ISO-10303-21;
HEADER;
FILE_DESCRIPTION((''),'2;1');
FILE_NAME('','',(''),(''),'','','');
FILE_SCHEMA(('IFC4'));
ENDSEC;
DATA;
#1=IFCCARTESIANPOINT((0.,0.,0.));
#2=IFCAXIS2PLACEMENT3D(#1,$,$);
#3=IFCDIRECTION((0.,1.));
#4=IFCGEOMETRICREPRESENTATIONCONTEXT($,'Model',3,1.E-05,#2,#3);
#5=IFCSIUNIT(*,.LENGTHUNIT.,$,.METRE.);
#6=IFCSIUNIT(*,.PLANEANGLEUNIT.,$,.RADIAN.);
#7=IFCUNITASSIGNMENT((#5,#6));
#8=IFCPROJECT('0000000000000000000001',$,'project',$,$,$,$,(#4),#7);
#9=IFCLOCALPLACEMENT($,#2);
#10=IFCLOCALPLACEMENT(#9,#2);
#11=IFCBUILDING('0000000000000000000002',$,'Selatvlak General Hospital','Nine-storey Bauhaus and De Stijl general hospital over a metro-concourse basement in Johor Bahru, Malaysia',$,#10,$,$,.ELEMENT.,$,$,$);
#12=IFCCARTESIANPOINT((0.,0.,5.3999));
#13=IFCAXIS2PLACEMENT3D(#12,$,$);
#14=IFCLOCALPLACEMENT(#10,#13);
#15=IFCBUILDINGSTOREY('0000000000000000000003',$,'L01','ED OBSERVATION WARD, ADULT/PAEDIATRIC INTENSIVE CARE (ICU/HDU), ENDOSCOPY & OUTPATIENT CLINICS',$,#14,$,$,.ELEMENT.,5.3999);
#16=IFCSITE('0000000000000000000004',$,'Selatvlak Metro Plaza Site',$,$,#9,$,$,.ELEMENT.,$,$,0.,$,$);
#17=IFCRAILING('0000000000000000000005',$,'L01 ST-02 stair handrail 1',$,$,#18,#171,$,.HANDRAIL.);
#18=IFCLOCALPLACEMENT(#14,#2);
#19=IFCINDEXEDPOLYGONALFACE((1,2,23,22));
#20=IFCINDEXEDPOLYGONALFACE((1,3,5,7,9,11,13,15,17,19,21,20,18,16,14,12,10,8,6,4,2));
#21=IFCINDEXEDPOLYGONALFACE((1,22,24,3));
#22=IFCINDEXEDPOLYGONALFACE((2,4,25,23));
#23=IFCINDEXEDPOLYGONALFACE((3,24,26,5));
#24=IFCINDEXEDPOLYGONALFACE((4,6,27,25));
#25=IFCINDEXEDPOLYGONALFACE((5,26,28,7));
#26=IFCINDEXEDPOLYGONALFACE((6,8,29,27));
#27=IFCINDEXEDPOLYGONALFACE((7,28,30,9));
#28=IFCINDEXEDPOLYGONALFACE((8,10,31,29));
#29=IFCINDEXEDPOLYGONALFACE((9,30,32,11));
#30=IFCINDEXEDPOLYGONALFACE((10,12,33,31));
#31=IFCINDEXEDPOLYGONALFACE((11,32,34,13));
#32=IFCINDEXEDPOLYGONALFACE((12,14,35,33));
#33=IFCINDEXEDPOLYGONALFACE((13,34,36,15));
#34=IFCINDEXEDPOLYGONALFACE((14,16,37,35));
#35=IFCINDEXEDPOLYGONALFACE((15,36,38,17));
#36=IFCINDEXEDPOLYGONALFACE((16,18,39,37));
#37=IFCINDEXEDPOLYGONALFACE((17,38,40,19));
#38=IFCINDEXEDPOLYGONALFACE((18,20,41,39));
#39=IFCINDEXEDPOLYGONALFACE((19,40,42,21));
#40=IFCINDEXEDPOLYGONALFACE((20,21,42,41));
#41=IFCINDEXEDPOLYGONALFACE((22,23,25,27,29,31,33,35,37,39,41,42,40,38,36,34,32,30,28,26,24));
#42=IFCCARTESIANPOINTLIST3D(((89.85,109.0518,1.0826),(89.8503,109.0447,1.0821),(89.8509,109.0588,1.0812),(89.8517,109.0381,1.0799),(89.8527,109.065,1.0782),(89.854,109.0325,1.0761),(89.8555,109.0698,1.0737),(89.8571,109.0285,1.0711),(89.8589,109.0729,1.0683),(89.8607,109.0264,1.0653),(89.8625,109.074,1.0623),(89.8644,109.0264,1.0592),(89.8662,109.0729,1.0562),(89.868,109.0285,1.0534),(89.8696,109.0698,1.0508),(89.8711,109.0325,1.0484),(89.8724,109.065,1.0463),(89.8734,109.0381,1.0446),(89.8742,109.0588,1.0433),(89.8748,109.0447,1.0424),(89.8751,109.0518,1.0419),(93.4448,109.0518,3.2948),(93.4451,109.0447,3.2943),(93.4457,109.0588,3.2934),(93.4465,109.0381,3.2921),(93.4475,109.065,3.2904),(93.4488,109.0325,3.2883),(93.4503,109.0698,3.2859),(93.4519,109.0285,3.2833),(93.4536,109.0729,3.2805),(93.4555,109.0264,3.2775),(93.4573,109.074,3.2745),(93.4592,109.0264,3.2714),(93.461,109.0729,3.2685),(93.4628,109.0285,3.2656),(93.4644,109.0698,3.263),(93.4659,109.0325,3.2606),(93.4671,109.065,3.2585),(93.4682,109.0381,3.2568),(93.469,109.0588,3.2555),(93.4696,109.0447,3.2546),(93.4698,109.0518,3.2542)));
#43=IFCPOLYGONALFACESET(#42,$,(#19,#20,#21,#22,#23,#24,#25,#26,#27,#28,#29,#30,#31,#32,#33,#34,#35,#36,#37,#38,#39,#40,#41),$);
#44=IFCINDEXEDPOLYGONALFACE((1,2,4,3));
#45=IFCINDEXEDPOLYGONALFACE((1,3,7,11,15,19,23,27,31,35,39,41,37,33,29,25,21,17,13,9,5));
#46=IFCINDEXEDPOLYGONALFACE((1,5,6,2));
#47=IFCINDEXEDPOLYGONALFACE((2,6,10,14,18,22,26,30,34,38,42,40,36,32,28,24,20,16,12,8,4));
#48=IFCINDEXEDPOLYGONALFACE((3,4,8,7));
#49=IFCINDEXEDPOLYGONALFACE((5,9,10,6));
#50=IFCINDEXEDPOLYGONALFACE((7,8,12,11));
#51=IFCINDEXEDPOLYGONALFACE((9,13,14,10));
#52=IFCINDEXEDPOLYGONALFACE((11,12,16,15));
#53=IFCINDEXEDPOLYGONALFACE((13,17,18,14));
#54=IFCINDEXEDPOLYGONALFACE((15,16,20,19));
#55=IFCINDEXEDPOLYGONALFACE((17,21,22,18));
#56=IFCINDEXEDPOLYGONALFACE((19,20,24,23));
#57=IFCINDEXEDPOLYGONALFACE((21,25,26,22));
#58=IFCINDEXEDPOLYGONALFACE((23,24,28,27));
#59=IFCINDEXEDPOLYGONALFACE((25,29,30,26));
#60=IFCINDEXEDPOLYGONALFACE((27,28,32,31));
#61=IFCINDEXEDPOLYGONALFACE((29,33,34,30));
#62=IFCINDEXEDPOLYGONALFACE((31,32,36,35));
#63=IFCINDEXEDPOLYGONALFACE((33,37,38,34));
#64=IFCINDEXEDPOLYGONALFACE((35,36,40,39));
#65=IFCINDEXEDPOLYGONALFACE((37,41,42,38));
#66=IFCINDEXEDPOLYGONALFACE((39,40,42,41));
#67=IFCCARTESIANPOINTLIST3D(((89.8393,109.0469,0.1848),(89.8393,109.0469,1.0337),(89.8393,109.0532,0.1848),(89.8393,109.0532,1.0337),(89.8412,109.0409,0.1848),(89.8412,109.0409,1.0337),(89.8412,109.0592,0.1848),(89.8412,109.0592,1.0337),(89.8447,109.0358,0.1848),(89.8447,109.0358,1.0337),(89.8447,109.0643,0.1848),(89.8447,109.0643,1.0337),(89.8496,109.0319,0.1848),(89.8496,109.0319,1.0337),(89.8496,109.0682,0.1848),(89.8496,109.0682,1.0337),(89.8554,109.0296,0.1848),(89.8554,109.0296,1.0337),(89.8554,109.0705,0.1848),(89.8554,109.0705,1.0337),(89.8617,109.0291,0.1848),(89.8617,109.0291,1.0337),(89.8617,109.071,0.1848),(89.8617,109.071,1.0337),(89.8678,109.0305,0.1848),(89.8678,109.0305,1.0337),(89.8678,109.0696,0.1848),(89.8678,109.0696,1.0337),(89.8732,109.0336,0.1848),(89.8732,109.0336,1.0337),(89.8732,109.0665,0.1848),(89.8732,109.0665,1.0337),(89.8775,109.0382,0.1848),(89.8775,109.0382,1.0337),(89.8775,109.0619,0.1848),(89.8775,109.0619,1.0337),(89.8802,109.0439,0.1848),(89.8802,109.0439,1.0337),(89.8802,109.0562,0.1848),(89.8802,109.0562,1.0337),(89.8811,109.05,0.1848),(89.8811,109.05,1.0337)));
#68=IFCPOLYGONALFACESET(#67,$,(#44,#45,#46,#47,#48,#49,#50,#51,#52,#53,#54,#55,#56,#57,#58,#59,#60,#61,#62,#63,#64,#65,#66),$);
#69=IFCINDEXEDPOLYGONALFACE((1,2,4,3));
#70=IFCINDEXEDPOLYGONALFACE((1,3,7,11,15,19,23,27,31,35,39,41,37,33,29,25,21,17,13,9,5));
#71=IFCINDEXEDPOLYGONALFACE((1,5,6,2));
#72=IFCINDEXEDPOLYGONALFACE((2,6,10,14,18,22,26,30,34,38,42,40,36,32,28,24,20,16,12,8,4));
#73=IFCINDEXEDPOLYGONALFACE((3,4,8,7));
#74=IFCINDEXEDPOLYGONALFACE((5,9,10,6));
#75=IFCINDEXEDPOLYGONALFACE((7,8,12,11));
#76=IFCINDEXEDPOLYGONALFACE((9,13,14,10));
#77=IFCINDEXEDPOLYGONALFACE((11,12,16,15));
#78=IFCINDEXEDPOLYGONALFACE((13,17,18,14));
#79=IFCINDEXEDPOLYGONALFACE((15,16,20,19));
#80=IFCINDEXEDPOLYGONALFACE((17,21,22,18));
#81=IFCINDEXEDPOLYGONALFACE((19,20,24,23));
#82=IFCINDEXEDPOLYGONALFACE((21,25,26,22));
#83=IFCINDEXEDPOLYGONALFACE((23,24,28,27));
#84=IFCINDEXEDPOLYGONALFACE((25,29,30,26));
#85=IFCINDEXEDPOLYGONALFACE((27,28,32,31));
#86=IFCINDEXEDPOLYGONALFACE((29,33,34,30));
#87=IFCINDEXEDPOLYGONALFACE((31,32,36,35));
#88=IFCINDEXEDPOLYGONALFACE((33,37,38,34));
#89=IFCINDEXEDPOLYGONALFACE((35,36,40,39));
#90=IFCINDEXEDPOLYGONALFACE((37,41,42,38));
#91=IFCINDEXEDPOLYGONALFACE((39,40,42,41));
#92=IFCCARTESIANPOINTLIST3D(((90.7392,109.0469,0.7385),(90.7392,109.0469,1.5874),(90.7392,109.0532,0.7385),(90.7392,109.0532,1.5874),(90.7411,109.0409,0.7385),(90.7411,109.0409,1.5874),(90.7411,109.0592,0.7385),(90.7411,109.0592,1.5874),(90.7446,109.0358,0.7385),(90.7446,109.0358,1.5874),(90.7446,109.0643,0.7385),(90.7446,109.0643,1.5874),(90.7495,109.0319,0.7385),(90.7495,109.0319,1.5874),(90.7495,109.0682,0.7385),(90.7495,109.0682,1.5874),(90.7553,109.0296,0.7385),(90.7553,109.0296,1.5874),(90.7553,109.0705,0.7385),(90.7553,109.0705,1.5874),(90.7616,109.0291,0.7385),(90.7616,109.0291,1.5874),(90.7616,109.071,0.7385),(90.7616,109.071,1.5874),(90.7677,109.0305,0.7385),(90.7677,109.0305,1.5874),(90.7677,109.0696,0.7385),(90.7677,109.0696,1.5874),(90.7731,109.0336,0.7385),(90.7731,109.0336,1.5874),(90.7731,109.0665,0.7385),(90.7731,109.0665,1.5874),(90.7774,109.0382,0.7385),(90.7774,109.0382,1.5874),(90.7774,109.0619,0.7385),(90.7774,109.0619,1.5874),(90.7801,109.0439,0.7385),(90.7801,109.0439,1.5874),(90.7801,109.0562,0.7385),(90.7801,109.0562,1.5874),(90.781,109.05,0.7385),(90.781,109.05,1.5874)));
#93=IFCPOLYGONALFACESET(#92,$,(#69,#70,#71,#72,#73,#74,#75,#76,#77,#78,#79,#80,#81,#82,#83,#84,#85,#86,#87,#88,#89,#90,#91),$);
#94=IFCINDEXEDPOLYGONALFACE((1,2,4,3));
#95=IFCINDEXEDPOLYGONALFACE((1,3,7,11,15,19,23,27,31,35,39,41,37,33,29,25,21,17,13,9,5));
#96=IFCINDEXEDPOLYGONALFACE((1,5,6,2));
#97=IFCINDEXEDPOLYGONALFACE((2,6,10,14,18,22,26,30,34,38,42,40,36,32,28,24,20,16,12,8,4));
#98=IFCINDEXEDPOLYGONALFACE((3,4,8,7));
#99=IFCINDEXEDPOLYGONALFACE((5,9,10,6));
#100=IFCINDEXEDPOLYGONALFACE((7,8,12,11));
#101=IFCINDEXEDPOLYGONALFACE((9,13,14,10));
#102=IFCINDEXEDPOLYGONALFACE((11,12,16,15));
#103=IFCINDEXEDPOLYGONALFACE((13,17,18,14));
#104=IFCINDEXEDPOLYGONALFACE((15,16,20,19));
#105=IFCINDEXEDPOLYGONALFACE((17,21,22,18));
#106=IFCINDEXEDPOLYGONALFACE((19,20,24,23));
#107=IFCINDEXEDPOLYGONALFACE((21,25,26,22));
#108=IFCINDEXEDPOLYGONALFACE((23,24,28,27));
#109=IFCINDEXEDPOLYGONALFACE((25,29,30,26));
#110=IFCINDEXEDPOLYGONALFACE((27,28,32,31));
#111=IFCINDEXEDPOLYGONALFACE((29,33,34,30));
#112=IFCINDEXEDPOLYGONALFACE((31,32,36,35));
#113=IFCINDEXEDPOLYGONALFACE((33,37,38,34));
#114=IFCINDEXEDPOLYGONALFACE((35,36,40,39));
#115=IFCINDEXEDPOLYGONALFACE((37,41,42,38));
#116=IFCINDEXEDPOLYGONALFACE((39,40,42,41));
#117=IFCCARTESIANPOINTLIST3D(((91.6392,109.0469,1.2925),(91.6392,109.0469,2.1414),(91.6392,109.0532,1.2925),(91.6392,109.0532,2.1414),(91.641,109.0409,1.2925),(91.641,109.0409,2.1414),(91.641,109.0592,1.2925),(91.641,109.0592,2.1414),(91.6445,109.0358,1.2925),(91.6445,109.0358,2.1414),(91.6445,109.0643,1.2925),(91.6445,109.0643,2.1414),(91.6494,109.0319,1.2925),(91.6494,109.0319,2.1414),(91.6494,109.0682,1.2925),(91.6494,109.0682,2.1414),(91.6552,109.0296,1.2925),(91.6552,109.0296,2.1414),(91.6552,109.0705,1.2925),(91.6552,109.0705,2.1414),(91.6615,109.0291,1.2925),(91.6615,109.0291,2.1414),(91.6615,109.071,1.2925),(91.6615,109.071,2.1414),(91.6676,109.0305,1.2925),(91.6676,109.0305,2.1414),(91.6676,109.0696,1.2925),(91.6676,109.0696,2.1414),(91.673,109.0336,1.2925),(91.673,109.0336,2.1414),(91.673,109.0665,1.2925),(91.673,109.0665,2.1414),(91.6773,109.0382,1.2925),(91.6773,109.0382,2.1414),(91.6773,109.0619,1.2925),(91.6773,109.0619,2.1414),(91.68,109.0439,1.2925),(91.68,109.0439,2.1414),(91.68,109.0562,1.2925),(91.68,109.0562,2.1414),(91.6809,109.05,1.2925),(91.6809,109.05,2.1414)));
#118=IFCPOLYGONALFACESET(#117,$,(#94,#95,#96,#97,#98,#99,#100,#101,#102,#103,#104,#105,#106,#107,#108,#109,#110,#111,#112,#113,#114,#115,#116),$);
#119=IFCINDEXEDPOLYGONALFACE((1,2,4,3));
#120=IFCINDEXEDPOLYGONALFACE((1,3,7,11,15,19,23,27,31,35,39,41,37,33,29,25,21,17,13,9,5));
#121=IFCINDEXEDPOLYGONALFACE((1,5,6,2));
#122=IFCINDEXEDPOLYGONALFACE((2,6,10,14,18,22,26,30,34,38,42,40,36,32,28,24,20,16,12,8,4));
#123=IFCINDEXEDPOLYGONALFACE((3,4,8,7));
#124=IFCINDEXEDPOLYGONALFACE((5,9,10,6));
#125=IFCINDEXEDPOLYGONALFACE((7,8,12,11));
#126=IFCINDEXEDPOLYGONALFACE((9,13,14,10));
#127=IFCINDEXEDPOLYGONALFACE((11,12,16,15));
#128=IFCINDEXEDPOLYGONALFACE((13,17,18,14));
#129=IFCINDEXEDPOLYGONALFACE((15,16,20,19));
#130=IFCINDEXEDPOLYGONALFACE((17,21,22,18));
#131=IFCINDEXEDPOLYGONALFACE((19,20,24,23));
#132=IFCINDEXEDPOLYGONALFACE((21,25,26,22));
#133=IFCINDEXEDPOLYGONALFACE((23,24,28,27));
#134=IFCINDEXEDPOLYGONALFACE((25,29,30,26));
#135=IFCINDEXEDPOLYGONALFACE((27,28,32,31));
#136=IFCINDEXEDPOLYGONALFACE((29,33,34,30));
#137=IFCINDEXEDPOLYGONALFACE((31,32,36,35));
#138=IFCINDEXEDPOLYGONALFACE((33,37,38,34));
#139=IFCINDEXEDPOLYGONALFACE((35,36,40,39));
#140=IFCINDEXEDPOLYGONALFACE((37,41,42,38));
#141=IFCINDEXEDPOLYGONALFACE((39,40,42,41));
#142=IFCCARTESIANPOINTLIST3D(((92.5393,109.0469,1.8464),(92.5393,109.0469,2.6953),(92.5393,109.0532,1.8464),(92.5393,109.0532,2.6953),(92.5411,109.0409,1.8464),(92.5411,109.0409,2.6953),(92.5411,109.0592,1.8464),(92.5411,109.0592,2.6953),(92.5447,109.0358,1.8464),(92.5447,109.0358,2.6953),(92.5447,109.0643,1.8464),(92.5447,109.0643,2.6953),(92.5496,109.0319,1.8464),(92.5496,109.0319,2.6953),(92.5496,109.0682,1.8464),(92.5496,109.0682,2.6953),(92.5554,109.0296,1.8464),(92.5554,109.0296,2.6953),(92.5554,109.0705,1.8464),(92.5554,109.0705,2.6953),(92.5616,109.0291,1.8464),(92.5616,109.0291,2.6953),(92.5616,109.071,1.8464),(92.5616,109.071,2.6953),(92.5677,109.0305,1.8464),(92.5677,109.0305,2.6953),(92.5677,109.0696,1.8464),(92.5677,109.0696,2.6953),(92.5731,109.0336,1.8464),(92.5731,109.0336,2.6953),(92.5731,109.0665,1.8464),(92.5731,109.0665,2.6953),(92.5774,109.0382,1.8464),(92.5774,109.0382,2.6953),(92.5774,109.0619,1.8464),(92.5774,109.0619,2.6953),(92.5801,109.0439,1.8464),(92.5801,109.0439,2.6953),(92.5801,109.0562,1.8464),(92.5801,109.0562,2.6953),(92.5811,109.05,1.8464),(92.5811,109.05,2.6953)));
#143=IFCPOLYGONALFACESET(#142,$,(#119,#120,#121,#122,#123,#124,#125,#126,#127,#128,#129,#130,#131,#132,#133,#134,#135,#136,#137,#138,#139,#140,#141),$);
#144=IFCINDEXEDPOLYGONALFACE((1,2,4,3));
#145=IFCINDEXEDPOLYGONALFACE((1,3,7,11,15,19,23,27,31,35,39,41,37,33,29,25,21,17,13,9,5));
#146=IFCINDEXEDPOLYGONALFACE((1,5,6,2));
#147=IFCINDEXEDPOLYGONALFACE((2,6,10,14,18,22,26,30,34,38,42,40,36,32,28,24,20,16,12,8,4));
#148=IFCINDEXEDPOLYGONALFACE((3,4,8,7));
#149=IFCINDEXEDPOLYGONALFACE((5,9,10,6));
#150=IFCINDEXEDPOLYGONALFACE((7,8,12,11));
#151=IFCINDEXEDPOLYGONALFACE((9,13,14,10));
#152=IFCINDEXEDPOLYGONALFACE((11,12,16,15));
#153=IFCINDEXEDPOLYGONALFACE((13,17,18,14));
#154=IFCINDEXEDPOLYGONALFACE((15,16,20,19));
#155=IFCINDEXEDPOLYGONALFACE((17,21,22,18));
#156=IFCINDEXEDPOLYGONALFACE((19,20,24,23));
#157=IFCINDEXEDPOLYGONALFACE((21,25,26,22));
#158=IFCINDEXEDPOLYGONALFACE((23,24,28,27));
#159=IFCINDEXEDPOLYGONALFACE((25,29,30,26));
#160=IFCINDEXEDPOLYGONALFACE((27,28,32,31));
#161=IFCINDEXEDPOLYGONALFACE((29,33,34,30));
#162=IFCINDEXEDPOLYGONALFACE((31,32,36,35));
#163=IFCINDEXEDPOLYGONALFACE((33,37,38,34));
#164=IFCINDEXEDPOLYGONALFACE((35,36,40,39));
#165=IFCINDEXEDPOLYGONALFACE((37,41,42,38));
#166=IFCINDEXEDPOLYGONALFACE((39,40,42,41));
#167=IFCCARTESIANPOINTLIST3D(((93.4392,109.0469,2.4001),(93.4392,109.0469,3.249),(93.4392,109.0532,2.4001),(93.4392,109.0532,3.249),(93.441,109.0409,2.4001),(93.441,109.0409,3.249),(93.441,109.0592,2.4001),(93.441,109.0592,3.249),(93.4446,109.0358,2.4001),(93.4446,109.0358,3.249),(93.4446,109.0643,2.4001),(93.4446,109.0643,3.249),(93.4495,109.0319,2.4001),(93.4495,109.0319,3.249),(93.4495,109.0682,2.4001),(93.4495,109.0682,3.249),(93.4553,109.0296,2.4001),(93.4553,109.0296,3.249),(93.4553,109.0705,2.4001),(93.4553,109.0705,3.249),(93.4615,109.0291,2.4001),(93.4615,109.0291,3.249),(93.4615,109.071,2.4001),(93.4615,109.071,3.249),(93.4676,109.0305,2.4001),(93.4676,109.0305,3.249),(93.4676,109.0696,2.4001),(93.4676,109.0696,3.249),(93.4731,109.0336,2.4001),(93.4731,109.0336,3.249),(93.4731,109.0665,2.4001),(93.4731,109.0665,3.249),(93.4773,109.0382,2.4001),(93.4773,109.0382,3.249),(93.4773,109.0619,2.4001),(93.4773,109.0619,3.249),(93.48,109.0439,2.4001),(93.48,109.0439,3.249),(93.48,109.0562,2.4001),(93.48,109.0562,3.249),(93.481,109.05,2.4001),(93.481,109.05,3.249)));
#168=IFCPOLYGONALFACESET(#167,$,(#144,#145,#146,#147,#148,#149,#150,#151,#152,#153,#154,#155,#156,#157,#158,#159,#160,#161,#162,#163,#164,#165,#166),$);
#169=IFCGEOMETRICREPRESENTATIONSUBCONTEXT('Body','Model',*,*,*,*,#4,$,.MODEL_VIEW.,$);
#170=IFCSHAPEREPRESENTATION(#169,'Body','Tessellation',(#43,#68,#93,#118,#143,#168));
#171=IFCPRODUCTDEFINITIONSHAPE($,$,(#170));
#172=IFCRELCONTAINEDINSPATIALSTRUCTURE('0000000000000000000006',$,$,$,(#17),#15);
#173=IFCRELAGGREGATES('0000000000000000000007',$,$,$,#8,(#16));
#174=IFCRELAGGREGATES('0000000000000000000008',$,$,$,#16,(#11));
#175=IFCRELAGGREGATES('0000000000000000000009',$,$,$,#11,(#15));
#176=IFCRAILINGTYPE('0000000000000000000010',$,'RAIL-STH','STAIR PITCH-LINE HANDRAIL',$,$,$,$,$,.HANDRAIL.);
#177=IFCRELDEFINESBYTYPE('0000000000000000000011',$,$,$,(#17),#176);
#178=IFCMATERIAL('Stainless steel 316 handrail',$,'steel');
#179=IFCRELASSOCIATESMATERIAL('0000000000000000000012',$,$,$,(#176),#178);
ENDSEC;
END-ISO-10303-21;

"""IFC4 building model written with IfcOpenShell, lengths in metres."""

from ifc_helpers import new_model, si_unit, direction, frame, origin, origin_2d, place, context, subcontext, project, spatial, circle, extrude, material, type_object, element, save


model = new_model("IFC4")

# Units and contexts
model_context = context("Model", 3, precision=1e-05, world=origin(), true_north=direction((0.0, 1.0)))
body_context = subcontext(model_context, "Body", "Model", "MODEL_VIEW")
ifc_project = project(units=[si_unit("LENGTHUNIT", "METRE"), si_unit("PLANEANGLEUNIT", "RADIAN")], contexts=[model_context])

# Site, building, storey
site_placement = place(None, origin())
site = spatial("IfcSite", under=ifc_project, at=site_placement, Name="Selatvlak Metro Plaza Site", CompositionType="ELEMENT", RefElevation=0.0)
building_placement = place(site_placement, origin())
building = spatial("IfcBuilding", under=site, at=building_placement, Name="Selatvlak General Hospital", Description="Nine-storey Bauhaus and De Stijl general hospital over a metro-concourse basement in Johor Bahru, Malaysia", CompositionType="ELEMENT")
storey_placement = place(building_placement, frame((0.0, 0.0, 5.3999)))
storey = spatial("IfcBuildingStorey", under=building, at=storey_placement, Name="L01", Description="ED OBSERVATION WARD, ADULT/PAEDIATRIC INTENSIVE CARE (ICU/HDU), ENDOSCOPY & OUTPATIENT CLINICS", CompositionType="ELEMENT", Elevation=5.3999)

# Railing
ifc_material_1 = material(Name="Stainless steel 316 handrail", Category="steel")
railing_type_1 = type_object("IfcRailingType", Name="RAIL-STH", Description="STAIR PITCH-LINE HANDRAIL", PredefinedType="HANDRAIL", material=ifc_material_1)
railing_1_placement = place(storey_placement, frame((89.8601, 109.05, 0.1848)))
element("IfcRailing", 1, at=railing_1_placement, inside=storey, type_object=railing_type_1, Name="L01 ST-02 stair handrail 1", PredefinedType="HANDRAIL", context=body_context, shape_type="SweptSolid", body=[
    extrude(circle(Radius=0.0239, at=origin_2d()), frame((0.0024, 0.0, 0.8774), z_axis=(0.851654, 0.0, 0.524104), x_axis=(0.0, 1.0, 0.0)), (0.0, 0.0, 1.0), 4.2209),
    extrude(circle(Radius=0.021, at=origin_2d()), origin(), (0.0, 0.0, 1.0), 0.8489),
    extrude(circle(Radius=0.021, at=origin_2d()), frame((0.8999, 0.0, 0.5537)), (0.0, 0.0, 1.0), 0.8489),
    extrude(circle(Radius=0.021, at=origin_2d()), frame((1.7998, 0.0, 1.1077)), (0.0, 0.0, 1.0), 0.8489),
    extrude(circle(Radius=0.021, at=origin_2d()), frame((2.7, 0.0, 1.6616)), (0.0, 0.0, 1.0), 0.8489),
    extrude(circle(Radius=0.021, at=origin_2d()), frame((3.5999, 0.0, 2.2153)), (0.0, 0.0, 1.0), 0.8489),
])

save(model, "model.ifc")
